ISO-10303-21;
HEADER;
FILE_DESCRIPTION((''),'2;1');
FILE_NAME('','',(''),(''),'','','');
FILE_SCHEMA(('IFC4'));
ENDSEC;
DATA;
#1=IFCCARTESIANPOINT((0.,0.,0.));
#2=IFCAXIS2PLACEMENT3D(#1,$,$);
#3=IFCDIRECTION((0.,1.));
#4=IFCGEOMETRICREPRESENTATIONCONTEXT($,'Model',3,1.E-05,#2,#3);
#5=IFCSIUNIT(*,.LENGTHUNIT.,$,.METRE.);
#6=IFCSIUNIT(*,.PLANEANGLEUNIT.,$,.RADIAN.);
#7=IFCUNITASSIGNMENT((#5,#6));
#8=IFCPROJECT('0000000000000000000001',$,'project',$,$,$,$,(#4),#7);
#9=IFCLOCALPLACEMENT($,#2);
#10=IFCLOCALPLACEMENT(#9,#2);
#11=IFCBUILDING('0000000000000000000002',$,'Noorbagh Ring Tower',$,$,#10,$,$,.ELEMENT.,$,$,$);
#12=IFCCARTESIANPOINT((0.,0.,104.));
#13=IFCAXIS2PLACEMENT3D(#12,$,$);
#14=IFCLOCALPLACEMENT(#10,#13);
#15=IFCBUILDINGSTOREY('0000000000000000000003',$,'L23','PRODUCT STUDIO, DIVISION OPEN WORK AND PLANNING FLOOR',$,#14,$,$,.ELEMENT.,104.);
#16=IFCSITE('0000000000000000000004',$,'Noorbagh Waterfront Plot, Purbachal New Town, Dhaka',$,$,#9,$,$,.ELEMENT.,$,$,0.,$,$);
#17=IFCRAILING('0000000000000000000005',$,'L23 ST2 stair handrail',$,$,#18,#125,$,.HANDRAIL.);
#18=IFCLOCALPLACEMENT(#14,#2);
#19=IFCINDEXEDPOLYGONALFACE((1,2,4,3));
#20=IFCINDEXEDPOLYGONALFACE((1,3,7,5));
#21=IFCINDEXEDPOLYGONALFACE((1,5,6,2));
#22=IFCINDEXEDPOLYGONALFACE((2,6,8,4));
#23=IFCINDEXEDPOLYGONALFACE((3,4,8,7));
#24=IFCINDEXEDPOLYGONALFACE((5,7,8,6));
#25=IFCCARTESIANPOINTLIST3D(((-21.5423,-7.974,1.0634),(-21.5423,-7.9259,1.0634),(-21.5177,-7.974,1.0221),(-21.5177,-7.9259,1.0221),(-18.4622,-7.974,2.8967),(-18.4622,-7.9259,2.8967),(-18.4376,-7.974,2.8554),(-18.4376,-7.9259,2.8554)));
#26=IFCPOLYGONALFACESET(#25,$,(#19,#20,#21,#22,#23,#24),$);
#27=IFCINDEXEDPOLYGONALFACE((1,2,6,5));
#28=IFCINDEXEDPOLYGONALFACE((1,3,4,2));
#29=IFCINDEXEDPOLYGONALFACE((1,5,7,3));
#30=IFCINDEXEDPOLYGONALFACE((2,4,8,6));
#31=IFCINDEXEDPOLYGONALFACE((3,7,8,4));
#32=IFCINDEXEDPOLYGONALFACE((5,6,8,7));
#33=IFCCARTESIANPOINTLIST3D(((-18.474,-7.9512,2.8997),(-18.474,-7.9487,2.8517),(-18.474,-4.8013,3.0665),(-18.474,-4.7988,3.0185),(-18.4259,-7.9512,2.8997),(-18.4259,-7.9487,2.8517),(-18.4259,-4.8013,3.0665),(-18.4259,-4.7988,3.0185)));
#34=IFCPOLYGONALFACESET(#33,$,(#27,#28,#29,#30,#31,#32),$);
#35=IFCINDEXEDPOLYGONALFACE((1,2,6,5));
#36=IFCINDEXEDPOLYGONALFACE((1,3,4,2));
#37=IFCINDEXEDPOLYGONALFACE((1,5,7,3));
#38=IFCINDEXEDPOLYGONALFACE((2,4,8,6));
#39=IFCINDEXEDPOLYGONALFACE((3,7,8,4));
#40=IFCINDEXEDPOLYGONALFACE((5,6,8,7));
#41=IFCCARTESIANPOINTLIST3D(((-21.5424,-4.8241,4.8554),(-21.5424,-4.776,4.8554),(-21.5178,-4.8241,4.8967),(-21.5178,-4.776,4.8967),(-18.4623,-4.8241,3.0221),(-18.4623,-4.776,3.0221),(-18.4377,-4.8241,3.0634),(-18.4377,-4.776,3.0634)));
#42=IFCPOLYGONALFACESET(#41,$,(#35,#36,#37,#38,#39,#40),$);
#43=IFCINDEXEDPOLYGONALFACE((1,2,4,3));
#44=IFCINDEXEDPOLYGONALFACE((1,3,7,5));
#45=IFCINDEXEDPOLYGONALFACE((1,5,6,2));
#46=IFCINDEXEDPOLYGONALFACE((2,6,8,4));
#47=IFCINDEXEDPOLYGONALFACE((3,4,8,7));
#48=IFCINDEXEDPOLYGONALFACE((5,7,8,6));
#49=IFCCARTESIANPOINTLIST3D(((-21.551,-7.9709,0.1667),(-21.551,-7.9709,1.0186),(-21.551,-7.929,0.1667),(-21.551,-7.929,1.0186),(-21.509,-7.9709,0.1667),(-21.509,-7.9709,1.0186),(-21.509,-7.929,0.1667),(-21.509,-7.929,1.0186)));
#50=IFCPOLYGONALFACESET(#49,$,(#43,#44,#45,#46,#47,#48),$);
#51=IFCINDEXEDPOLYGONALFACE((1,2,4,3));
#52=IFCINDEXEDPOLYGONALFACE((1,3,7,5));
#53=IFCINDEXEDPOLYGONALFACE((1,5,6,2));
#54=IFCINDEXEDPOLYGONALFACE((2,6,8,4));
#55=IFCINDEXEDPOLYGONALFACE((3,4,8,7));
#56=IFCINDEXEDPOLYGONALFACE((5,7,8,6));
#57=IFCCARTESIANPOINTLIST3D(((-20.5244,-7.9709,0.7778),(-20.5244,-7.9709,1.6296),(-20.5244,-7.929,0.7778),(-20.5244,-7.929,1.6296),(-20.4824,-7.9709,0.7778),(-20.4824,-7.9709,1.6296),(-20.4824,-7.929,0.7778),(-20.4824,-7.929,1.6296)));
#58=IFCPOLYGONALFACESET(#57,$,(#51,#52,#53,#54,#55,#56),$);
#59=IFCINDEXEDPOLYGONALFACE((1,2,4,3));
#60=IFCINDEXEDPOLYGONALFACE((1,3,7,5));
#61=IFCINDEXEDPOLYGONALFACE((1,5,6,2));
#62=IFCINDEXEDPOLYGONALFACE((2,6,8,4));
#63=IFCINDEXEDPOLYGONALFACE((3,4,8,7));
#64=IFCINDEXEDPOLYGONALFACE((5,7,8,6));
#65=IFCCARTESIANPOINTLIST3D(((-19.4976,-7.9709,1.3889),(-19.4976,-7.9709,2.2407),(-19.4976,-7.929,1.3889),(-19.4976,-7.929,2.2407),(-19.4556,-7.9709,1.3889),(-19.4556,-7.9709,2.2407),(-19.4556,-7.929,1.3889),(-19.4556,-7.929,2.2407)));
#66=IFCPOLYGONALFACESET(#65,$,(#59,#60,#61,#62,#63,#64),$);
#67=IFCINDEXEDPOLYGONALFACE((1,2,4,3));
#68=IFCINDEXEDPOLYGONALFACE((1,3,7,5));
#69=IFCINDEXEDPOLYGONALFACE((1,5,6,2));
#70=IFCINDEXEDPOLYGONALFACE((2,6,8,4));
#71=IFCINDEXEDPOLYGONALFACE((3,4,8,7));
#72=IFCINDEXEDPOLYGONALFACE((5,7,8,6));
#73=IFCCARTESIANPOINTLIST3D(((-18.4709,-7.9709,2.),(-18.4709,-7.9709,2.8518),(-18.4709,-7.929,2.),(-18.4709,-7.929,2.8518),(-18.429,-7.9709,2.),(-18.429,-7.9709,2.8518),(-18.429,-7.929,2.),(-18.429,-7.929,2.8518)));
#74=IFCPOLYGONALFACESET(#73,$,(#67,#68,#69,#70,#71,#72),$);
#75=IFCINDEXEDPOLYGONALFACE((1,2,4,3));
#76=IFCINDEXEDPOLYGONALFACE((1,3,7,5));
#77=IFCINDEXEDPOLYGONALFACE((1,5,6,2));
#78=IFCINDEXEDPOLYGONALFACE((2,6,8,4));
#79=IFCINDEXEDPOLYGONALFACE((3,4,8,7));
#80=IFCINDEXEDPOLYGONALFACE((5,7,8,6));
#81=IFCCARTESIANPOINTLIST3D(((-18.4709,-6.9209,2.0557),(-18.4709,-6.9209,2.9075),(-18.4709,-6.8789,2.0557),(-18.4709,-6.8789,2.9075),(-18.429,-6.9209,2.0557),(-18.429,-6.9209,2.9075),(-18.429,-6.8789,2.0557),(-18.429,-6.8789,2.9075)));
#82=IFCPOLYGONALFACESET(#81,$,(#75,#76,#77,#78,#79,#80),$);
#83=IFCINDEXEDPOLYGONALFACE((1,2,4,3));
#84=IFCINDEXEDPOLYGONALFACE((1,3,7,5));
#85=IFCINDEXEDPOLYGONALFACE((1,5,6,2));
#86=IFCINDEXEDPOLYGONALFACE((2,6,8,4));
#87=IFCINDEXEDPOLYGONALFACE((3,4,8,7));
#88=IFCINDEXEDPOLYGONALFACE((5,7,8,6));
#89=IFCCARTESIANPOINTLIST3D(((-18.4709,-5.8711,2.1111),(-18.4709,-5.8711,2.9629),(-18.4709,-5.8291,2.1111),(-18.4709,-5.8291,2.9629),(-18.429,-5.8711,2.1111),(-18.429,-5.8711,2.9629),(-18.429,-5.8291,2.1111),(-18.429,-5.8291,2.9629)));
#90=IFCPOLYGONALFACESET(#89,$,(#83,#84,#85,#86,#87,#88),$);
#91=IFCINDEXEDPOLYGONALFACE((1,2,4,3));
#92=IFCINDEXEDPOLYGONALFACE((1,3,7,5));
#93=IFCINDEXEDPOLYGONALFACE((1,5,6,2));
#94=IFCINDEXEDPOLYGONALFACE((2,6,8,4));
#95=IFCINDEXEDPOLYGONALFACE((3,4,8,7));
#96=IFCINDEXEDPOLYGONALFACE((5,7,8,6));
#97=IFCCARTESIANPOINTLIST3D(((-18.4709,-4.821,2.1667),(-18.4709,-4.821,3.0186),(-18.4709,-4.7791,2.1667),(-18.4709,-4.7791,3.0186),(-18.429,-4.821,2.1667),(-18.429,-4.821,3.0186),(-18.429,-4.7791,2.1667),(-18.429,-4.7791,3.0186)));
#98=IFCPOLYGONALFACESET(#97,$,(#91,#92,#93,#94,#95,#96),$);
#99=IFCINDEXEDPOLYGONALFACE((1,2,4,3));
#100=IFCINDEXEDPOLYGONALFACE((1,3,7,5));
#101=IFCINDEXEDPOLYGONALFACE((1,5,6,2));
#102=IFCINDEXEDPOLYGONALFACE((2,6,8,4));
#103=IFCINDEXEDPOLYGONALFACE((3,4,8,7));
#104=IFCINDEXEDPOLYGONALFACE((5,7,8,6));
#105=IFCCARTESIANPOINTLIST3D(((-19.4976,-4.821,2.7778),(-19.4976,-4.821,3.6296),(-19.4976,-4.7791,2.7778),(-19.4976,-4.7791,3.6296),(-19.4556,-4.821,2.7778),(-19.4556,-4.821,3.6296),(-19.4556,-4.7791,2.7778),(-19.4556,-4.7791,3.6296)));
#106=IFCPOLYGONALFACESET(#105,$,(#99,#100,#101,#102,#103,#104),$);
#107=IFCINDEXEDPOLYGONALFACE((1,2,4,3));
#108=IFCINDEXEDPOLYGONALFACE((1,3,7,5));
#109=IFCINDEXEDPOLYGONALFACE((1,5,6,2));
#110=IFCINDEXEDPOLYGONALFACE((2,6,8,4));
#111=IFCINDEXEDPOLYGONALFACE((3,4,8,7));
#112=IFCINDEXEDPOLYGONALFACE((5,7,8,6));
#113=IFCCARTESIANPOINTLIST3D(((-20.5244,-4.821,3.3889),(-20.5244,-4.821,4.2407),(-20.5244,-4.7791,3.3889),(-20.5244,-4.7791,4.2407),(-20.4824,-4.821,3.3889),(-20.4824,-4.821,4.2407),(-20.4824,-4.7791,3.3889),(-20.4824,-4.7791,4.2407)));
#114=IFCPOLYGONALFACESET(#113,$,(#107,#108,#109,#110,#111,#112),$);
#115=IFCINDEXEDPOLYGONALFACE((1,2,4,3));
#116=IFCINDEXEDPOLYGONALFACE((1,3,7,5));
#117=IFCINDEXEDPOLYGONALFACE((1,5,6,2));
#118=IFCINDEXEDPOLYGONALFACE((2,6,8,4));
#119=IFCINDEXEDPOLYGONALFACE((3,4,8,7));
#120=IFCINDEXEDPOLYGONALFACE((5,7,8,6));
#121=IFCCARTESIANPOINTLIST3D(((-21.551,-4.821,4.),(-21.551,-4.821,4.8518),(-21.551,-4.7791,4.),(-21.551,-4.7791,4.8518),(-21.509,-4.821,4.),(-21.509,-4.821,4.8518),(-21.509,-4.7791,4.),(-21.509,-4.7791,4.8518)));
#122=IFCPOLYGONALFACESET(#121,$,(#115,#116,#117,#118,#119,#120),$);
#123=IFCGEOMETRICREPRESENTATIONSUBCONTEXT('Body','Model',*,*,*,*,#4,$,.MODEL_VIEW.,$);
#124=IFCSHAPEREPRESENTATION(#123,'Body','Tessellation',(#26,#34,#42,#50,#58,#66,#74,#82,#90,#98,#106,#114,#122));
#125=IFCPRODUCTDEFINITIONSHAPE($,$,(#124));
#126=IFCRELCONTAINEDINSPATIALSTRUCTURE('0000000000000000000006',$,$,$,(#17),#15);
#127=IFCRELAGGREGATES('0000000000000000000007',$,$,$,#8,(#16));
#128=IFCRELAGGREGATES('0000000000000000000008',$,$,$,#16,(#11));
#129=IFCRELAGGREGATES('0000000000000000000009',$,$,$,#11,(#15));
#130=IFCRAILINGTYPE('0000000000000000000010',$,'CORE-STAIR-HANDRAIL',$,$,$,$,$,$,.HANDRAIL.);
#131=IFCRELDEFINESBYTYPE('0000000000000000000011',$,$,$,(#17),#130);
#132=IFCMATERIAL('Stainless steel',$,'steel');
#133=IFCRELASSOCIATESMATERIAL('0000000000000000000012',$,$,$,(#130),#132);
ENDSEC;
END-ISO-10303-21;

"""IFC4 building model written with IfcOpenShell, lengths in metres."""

from ifc_helpers import new_model, si_unit, direction, frame, origin, origin_2d, place, context, subcontext, project, spatial, rectangle, extrude, material, type_object, element, save


model = new_model("IFC4")

# Units and contexts
model_context = context("Model", 3, precision=1e-05, world=origin(), true_north=direction((0.0, 1.0)))
body_context = subcontext(model_context, "Body", "Model", "MODEL_VIEW")
ifc_project = project(units=[si_unit("LENGTHUNIT", "METRE"), si_unit("PLANEANGLEUNIT", "RADIAN")], contexts=[model_context])

# Site, building, storey
site_placement = place(None, origin())
site = spatial("IfcSite", under=ifc_project, at=site_placement, Name="Noorbagh Waterfront Plot, Purbachal New Town, Dhaka", CompositionType="ELEMENT", RefElevation=0.0)
building_placement = place(site_placement, origin())
building = spatial("IfcBuilding", under=site, at=building_placement, Name="Noorbagh Ring Tower", CompositionType="ELEMENT")
storey_placement = place(building_placement, frame((0.0, 0.0, 104.0)))
storey = spatial("IfcBuildingStorey", under=building, at=storey_placement, Name="L23", Description="PRODUCT STUDIO, DIVISION OPEN WORK AND PLANNING FLOOR", CompositionType="ELEMENT", Elevation=104.0)

# Railing
ifc_material_1 = material(Name="Stainless steel", Category="steel")
railing_type_1 = type_object("IfcRailingType", Name="CORE-STAIR-HANDRAIL", PredefinedType="HANDRAIL", material=ifc_material_1)
railing_1_placement = place(storey_placement, frame((-21.53, -7.95, 0.1667)))
element("IfcRailing", 1, at=railing_1_placement, inside=storey, type_object=railing_type_1, Name="L23 ST2 stair handrail", PredefinedType="HANDRAIL", context=body_context, shape_type="SweptSolid", body=[
    extrude(rectangle(XDim=0.0481, YDim=0.0481, at=origin_2d()), frame((0.0, 0.0, 0.876), z_axis=(0.859309, 0.0, 0.511458), x_axis=(0.0, 1.0, 0.0)), (0.0, 0.0, 1.0), 3.5845),
    extrude(rectangle(XDim=0.0481, YDim=0.0481, at=origin_2d()), frame((3.0801, 0.0, 2.709), z_axis=(0.0, 0.998602, 0.052864), x_axis=(-1.0, 0.0, 0.0)), (0.0, 0.0, 1.0), 3.1543),
    extrude(rectangle(XDim=0.0481, YDim=0.0481, at=origin_2d()), frame((3.0801, 3.1499, 2.876), z_axis=(-0.859309, 0.0, 0.511458), x_axis=(0.0, -1.0, 0.0)), (0.0, 0.0, 1.0), 3.5845),
    extrude(rectangle(XDim=0.042, YDim=0.042, at=origin_2d()), origin(), (0.0, 0.0, 1.0), 0.8518),
    extrude(rectangle(XDim=0.042, YDim=0.042, at=origin_2d()), frame((1.0266, 0.0, 0.6111)), (0.0, 0.0, 1.0), 0.8518),
    extrude(rectangle(XDim=0.042, YDim=0.042, at=origin_2d()), frame((2.0535, 0.0, 1.2222)), (0.0, 0.0, 1.0), 0.8518),
    extrude(rectangle(XDim=0.042, YDim=0.042, at=origin_2d()), frame((3.0801, 0.0, 1.8333)), (0.0, 0.0, 1.0), 0.8518),
    extrude(rectangle(XDim=0.042, YDim=0.042, at=origin_2d()), frame((3.0801, 1.05, 1.8889)), (0.0, 0.0, 1.0), 0.8518),
    extrude(rectangle(XDim=0.042, YDim=0.042, at=origin_2d()), frame((3.0801, 2.0999, 1.9443)), (0.0, 0.0, 1.0), 0.8518),
    extrude(rectangle(XDim=0.042, YDim=0.042, at=origin_2d()), frame((3.0801, 3.1499, 2.0)), (0.0, 0.0, 1.0), 0.8518),
    extrude(rectangle(XDim=0.042, YDim=0.042, at=origin_2d()), frame((2.0535, 3.1499, 2.6111)), (0.0, 0.0, 1.0), 0.8518),
    extrude(rectangle(XDim=0.042, YDim=0.042, at=origin_2d()), frame((1.0266, 3.1499, 3.2222)), (0.0, 0.0, 1.0), 0.8518),
    extrude(rectangle(XDim=0.042, YDim=0.042, at=origin_2d()), frame((0.0, 3.1499, 3.8333)), (0.0, 0.0, 1.0), 0.8518),
])

save(model, "model.ifc")
